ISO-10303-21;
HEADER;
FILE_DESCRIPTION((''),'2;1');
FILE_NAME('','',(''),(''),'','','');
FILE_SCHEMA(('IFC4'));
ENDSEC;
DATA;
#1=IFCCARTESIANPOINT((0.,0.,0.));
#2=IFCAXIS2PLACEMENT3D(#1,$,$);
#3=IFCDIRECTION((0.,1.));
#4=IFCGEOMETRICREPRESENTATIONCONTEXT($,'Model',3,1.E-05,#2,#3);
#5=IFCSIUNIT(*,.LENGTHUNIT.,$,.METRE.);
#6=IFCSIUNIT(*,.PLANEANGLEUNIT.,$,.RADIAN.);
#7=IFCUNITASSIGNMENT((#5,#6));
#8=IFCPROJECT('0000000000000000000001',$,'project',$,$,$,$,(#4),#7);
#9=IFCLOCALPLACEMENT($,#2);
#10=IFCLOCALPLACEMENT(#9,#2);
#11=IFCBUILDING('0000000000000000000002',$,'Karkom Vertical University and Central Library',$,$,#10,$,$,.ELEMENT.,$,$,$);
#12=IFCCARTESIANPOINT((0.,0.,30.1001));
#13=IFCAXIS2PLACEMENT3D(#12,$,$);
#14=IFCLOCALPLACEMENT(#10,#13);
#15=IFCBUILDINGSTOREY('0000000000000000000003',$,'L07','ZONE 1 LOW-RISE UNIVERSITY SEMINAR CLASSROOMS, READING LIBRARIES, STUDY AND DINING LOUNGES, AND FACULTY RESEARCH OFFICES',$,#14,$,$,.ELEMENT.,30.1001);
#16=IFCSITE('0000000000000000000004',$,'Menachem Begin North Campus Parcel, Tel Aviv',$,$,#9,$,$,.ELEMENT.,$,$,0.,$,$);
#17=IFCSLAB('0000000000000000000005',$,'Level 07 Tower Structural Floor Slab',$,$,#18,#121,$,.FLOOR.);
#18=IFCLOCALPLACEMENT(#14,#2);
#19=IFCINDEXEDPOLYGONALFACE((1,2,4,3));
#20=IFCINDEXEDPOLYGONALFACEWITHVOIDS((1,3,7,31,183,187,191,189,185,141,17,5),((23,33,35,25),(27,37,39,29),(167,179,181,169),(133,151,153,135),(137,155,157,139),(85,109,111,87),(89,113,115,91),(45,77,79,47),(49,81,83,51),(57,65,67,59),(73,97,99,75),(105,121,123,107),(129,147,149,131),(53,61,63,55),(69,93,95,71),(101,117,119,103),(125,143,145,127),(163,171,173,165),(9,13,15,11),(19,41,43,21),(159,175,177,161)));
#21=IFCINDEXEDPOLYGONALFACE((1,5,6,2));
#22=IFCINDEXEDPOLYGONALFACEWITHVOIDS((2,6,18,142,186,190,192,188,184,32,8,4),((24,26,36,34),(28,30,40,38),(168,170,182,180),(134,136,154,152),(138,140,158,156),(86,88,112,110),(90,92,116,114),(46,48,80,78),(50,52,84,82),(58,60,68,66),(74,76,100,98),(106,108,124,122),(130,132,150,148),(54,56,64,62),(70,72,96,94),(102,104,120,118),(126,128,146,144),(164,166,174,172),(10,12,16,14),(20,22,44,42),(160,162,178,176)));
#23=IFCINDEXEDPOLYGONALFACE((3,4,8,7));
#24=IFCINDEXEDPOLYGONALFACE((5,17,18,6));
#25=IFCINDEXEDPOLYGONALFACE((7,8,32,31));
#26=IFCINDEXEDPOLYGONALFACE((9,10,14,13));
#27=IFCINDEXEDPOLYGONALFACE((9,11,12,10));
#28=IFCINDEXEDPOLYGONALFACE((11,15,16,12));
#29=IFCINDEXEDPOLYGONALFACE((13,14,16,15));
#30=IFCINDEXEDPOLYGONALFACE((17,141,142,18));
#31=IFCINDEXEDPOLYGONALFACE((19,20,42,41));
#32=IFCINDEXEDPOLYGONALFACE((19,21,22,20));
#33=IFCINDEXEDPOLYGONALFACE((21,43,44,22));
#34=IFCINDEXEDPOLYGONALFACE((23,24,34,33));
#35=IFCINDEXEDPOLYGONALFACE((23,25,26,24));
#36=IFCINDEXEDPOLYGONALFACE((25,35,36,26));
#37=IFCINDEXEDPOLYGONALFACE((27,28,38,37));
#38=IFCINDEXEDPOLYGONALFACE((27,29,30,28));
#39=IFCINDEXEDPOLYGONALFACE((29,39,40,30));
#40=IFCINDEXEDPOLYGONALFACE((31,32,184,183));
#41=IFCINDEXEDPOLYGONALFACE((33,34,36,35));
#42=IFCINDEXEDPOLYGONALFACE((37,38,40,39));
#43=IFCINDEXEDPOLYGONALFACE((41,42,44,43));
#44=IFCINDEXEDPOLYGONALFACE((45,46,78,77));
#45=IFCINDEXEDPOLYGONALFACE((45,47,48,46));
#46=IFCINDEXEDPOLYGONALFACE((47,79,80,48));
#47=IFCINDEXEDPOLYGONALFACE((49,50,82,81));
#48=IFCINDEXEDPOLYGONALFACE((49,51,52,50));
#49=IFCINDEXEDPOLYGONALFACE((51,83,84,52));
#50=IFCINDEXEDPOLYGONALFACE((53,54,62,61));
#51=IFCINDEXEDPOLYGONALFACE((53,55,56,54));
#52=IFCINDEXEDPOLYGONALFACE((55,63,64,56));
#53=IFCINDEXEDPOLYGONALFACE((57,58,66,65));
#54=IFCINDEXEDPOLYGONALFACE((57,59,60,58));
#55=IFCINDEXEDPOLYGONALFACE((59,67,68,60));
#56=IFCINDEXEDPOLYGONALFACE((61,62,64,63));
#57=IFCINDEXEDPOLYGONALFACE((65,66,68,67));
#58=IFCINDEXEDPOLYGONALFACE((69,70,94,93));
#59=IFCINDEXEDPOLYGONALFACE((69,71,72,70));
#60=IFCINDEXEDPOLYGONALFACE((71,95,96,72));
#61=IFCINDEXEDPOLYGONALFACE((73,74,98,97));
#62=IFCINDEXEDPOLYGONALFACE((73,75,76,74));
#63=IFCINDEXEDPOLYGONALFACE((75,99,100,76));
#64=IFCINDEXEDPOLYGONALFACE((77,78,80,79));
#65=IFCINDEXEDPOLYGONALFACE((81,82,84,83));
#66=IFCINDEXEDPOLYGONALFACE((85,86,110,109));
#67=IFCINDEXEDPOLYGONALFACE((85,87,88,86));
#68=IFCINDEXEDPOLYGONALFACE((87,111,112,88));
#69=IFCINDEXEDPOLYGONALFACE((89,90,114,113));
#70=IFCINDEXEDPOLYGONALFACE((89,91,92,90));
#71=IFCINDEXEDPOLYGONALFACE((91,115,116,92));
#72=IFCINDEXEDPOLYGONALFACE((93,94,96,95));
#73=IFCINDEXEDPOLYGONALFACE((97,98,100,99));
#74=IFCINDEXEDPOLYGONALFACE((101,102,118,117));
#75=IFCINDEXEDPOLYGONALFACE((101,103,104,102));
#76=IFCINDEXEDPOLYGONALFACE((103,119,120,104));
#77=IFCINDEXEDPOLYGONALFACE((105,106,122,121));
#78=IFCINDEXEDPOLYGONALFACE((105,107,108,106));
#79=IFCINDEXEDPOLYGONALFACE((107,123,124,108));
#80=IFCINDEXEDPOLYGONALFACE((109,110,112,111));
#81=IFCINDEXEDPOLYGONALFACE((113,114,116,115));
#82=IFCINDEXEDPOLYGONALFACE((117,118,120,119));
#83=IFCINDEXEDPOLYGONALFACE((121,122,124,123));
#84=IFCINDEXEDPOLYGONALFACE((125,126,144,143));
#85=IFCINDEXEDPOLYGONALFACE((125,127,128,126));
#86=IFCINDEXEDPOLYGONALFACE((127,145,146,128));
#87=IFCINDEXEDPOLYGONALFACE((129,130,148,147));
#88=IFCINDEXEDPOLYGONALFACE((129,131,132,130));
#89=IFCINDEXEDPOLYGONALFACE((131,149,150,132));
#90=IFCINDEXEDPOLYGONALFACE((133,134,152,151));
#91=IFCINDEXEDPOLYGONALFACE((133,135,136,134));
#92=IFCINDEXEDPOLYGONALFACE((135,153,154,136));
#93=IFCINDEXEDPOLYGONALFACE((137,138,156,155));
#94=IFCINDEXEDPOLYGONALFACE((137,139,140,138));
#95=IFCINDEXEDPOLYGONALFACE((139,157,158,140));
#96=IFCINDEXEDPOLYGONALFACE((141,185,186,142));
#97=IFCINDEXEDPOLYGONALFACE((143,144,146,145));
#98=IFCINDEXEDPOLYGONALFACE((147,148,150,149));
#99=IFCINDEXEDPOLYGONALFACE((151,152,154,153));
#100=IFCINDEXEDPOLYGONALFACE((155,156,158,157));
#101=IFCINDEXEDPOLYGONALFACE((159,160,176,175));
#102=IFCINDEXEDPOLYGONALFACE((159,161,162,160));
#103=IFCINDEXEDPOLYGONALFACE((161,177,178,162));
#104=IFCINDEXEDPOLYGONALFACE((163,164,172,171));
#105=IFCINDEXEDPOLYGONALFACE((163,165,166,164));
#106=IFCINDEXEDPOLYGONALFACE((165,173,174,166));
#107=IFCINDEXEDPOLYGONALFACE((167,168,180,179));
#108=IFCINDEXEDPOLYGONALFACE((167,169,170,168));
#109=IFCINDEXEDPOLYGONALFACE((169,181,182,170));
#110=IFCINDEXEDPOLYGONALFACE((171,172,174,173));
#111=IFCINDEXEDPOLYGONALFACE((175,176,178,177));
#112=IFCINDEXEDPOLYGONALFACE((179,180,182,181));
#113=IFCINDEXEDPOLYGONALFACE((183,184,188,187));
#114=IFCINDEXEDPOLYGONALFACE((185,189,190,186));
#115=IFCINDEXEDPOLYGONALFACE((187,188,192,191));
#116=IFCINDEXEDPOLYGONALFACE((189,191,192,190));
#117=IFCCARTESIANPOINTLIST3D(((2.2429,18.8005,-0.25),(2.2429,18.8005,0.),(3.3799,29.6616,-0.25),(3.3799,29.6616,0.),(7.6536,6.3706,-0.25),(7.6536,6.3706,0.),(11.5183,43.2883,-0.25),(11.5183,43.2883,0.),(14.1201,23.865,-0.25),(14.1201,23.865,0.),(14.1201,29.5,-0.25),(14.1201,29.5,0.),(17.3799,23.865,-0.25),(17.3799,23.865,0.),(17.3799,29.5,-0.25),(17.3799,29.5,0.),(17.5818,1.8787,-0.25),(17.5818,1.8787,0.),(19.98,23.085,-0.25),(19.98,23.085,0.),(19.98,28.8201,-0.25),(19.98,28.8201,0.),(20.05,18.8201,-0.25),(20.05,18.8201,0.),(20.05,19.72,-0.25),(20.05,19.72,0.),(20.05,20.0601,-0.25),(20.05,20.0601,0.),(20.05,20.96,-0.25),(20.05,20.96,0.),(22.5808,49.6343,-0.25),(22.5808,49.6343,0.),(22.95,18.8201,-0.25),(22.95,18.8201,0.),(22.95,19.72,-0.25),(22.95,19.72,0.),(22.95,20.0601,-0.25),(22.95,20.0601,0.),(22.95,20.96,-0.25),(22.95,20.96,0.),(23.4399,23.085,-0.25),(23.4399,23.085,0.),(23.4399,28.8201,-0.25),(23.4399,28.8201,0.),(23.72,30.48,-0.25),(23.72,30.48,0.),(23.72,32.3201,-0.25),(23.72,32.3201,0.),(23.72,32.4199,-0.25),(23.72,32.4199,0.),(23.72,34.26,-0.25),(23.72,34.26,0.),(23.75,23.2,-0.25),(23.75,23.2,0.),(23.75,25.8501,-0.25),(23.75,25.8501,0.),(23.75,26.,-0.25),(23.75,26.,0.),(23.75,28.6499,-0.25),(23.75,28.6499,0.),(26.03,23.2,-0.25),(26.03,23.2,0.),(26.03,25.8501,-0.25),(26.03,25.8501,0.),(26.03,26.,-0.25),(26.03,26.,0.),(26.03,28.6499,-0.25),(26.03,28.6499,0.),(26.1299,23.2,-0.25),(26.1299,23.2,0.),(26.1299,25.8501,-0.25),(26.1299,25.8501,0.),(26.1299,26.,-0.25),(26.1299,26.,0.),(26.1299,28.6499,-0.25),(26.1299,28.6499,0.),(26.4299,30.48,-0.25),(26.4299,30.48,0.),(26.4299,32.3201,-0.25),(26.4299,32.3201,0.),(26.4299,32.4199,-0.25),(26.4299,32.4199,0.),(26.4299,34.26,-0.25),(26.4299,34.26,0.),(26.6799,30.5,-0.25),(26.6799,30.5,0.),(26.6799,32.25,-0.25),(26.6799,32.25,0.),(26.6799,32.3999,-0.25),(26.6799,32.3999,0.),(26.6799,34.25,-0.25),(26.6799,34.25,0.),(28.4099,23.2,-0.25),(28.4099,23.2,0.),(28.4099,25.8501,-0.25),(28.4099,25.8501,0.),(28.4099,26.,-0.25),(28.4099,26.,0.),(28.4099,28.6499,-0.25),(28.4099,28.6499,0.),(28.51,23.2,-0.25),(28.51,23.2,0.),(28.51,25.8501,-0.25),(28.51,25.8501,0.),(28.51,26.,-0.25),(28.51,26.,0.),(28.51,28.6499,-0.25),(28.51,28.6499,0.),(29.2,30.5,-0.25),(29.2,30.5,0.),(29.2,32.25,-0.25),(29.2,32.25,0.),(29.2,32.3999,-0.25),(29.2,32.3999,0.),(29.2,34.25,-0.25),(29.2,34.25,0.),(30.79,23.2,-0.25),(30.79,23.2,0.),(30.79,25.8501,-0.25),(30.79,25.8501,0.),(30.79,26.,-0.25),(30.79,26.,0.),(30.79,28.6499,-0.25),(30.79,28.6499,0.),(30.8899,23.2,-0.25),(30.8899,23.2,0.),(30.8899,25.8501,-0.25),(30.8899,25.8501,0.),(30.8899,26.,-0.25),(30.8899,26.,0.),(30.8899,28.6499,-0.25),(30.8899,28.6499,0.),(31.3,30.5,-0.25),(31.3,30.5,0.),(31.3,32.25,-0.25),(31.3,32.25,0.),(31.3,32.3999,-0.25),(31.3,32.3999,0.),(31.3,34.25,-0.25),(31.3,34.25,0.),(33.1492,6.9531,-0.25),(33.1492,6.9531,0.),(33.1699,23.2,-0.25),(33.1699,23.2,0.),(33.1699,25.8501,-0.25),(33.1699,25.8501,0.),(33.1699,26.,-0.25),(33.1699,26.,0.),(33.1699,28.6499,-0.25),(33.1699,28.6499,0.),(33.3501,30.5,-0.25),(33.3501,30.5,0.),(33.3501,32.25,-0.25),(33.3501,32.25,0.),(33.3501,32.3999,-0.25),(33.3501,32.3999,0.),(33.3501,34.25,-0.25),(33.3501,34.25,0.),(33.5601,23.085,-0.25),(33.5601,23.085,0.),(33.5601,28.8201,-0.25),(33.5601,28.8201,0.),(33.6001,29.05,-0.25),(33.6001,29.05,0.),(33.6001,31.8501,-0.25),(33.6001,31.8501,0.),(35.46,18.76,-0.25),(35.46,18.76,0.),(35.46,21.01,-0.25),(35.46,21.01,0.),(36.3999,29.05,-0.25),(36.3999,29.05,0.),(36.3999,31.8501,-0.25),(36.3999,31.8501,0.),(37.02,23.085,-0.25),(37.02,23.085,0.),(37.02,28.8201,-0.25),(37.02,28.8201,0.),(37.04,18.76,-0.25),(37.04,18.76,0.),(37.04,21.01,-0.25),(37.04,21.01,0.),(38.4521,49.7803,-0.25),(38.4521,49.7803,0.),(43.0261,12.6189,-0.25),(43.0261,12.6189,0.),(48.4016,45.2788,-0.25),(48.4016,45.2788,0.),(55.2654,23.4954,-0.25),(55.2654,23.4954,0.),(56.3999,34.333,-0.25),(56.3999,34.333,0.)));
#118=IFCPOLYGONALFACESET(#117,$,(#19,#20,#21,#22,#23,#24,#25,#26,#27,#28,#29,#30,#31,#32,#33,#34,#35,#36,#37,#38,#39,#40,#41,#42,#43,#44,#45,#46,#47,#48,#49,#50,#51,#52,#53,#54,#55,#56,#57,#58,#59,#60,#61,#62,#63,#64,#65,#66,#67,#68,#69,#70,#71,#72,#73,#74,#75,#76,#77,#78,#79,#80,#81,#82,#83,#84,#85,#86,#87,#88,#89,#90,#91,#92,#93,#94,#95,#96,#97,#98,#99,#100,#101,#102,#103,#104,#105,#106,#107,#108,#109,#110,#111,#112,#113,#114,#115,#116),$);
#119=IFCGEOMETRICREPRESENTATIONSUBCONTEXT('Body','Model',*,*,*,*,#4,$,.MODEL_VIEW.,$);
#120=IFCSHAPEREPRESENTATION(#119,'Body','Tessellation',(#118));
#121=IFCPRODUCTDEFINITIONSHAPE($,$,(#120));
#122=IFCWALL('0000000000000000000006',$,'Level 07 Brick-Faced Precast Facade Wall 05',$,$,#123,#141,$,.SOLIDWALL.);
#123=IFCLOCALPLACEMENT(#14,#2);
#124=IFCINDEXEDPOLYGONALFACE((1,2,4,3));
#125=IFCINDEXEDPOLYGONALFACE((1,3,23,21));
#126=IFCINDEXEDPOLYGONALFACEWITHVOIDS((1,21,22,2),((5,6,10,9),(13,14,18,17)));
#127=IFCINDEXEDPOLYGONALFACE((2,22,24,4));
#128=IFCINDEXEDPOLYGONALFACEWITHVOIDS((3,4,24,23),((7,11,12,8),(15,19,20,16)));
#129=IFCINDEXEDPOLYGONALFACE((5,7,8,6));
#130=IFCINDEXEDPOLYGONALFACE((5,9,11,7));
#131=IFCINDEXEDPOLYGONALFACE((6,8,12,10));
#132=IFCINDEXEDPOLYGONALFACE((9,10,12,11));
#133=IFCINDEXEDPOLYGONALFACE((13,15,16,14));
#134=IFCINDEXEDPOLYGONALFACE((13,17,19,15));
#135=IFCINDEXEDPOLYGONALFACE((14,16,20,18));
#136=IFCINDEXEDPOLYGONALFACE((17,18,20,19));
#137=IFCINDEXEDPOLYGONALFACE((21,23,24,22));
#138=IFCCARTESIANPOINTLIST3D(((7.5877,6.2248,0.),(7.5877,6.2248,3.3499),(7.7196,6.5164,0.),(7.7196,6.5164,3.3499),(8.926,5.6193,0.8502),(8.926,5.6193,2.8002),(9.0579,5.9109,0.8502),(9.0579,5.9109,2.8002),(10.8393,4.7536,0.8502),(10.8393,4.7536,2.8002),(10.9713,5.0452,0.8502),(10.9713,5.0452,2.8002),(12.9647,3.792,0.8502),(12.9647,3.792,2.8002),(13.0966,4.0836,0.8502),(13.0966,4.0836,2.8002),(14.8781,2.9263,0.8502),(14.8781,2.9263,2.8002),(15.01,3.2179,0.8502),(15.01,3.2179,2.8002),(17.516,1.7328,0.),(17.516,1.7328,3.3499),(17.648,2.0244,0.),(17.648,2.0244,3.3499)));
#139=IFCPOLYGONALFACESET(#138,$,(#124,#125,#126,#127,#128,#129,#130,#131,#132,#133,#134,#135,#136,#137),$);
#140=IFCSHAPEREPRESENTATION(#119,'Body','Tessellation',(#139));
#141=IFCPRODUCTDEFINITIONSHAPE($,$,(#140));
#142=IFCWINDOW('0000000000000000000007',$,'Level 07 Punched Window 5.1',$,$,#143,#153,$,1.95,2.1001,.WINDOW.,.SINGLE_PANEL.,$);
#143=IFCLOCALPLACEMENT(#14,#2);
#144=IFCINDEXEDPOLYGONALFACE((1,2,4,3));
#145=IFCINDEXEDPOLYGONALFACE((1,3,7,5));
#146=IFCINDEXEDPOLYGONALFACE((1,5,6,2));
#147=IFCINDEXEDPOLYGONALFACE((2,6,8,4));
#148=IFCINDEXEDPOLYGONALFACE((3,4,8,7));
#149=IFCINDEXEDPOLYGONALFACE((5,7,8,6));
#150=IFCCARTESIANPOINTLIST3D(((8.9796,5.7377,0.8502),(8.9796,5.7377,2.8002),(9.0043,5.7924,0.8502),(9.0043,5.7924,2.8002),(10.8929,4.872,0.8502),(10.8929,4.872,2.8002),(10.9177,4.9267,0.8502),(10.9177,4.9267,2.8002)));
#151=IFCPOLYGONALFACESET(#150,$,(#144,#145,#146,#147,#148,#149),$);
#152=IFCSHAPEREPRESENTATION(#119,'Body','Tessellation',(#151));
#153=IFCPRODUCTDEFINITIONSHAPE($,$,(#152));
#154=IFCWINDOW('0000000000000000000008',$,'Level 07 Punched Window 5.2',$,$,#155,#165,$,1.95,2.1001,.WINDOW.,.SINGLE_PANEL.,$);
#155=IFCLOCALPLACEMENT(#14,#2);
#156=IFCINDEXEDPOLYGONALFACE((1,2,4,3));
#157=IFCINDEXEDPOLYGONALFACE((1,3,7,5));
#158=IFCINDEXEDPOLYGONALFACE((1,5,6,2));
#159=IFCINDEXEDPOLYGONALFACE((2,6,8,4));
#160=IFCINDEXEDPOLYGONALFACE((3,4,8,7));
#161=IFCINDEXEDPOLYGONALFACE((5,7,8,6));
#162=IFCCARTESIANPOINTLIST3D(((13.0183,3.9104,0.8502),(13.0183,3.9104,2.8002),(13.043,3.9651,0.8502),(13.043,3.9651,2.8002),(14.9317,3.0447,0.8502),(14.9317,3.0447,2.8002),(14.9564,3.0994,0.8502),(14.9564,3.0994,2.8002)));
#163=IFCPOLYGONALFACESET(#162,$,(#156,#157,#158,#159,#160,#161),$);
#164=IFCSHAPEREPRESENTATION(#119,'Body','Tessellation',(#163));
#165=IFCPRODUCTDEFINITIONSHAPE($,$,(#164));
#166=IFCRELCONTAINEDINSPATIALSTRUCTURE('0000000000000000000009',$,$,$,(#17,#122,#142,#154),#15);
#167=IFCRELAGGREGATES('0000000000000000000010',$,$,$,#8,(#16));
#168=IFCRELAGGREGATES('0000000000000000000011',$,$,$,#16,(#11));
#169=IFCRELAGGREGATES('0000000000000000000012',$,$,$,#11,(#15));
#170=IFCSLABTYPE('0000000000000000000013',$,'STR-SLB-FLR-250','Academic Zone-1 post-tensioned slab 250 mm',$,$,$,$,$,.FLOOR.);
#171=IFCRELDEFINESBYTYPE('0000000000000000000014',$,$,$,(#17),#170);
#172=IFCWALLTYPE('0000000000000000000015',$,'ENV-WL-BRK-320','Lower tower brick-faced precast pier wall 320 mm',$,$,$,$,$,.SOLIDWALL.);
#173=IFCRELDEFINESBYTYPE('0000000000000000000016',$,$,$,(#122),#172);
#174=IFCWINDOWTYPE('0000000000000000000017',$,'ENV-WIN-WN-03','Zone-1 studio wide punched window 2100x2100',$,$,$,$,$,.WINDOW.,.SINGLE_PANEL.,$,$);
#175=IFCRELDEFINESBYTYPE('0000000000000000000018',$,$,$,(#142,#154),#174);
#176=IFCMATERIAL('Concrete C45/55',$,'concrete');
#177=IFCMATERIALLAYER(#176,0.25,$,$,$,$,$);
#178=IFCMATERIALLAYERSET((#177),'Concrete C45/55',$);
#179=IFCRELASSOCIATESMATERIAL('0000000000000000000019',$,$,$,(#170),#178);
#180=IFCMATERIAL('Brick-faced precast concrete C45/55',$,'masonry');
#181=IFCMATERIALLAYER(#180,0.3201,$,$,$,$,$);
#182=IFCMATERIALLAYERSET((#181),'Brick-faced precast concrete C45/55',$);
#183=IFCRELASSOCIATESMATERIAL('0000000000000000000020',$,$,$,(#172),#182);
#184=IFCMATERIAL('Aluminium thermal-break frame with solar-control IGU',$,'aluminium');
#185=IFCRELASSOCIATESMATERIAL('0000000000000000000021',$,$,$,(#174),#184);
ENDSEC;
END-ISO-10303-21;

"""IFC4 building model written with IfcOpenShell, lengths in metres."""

from ifc_helpers import new_model, si_unit, direction, frame, frame_2d, origin, origin_with_axes, place, context, subcontext, project, spatial, polyline, rectangle, outline, extrude, source, transform, mapped, material, layer, layer_set, type_object, element, fill, save


model = new_model("IFC4")

# Units and contexts
model_context = context("Model", 3, precision=1e-05, world=origin(), true_north=direction((0.0, 1.0)))
body_context = subcontext(model_context, "Body", "Model", "MODEL_VIEW")
ifc_project = project(units=[si_unit("LENGTHUNIT", "METRE"), si_unit("PLANEANGLEUNIT", "RADIAN")], contexts=[model_context])

# Site, building, storey
site_placement = place(None, origin())
site = spatial("IfcSite", under=ifc_project, at=site_placement, Name="Menachem Begin North Campus Parcel, Tel Aviv", CompositionType="ELEMENT", RefElevation=0.0)
building_placement = place(site_placement, origin())
building = spatial("IfcBuilding", under=site, at=building_placement, Name="Karkom Vertical University and Central Library", CompositionType="ELEMENT")
storey_placement = place(building_placement, frame((0.0, 0.0, 30.1001)))
storey = spatial("IfcBuildingStorey", under=building, at=storey_placement, Name="L07", Description="ZONE 1 LOW-RISE UNIVERSITY SEMINAR CLASSROOMS, READING LIBRARIES, STUDY AND DINING LOUNGES, AND FACULTY RESEARCH OFFICES", CompositionType="ELEMENT", Elevation=30.1001)

# Shared definitions
ifc_material_1 = material(Name="Concrete C45/55", Category="concrete")

# Slab
ifc_layer_1 = layer(ifc_material_1, 0.25)
ifc_layer_set_1 = layer_set([ifc_layer_1], Name="Concrete C45/55")
slab_type_1 = type_object("IfcSlabType", Name="STR-SLB-FLR-250", Description="Academic Zone-1 post-tensioned slab 250 mm", PredefinedType="FLOOR", material=ifc_layer_set_1)
slab_1_placement = place(storey_placement, frame((0.0, 0.0, -0.25)))
element("IfcSlab", 1, at=slab_1_placement, inside=storey, type_object=slab_type_1, Name="Level 07 Tower Structural Floor Slab", PredefinedType="FLOOR", context=body_context, shape_type="SweptSolid", body=[
    extrude(outline(polyline([(22.5808, 49.6343), (11.5183, 43.2883), (3.3799, 29.6616), (2.2429, 18.8005), (7.6536, 6.3706), (17.5818, 1.8787), (33.1492, 6.9531), (43.0261, 12.6189), (55.2654, 23.4954), (56.3999, 34.333), (48.4016, 45.2788), (38.4521, 49.7803), (22.5808, 49.6343)]), holes=[polyline([(19.98, 23.085), (23.4399, 23.085), (23.4399, 28.8201), (19.98, 28.8201), (19.98, 23.085)]), polyline([(33.5601, 23.085), (37.02, 23.085), (37.02, 28.8201), (33.5601, 28.8201), (33.5601, 23.085)]), polyline([(14.1201, 23.865), (17.3799, 23.865), (17.3799, 29.5), (14.1201, 29.5), (14.1201, 23.865)]), polyline([(23.75, 23.2), (26.03, 23.2), (26.03, 25.8501), (23.75, 25.8501), (23.75, 23.2)]), polyline([(26.1299, 23.2), (28.4099, 23.2), (28.4099, 25.8501), (26.1299, 25.8501), (26.1299, 23.2)]), polyline([(28.51, 23.2), (30.79, 23.2), (30.79, 25.8501), (28.51, 25.8501), (28.51, 23.2)]), polyline([(30.8899, 23.2), (33.1699, 23.2), (33.1699, 25.8501), (30.8899, 25.8501), (30.8899, 23.2)]), polyline([(23.75, 26.0), (26.03, 26.0), (26.03, 28.6499), (23.75, 28.6499), (23.75, 26.0)]), polyline([(26.1299, 26.0), (28.4099, 26.0), (28.4099, 28.6499), (26.1299, 28.6499), (26.1299, 26.0)]), polyline([(28.51, 26.0), (30.79, 26.0), (30.79, 28.6499), (28.51, 28.6499), (28.51, 26.0)]), polyline([(30.8899, 26.0), (33.1699, 26.0), (33.1699, 28.6499), (30.8899, 28.6499), (30.8899, 26.0)]), polyline([(26.6799, 30.5), (29.2, 30.5), (29.2, 32.25), (26.6799, 32.25), (26.6799, 30.5)]), polyline([(26.6799, 32.3999), (29.2, 32.3999), (29.2, 34.25), (26.6799, 34.25), (26.6799, 32.3999)]), polyline([(31.3, 30.5), (33.3501, 30.5), (33.3501, 32.25), (31.3, 32.25), (31.3, 30.5)]), polyline([(31.3, 32.3999), (33.3501, 32.3999), (33.3501, 34.25), (31.3, 34.25), (31.3, 32.3999)]), polyline([(23.72, 30.48), (26.4299, 30.48), (26.4299, 32.3201), (23.72, 32.3201), (23.72, 30.48)]), polyline([(23.72, 32.4199), (26.4299, 32.4199), (26.4299, 34.26), (23.72, 34.26), (23.72, 32.4199)]), polyline([(33.6001, 29.05), (36.3999, 29.05), (36.3999, 31.8501), (33.6001, 31.8501), (33.6001, 29.05)]), polyline([(20.05, 18.8201), (22.95, 18.8201), (22.95, 19.72), (20.05, 19.72), (20.05, 18.8201)]), polyline([(20.05, 20.0601), (22.95, 20.0601), (22.95, 20.96), (20.05, 20.96), (20.05, 20.0601)]), polyline([(35.46, 18.76), (37.04, 18.76), (37.04, 21.01), (35.46, 21.01), (35.46, 18.76)])]), origin(), (0.0, 0.0, 1.0), 0.25),
])

# Wall, openings, windows
ifc_material_2 = material(Name="Brick-faced precast concrete C45/55", Category="masonry")
ifc_layer_2 = layer(ifc_material_2, 0.3201)
ifc_layer_set_2 = layer_set([ifc_layer_2], Name="Brick-faced precast concrete C45/55")
wall_type_1 = type_object("IfcWallType", Name="ENV-WL-BRK-320", Description="Lower tower brick-faced precast pier wall 320 mm", PredefinedType="SOLIDWALL", material=ifc_layer_set_2)
wall_1_placement = place(storey_placement, frame((7.6536, 6.3706, 0.0), z_axis=(0.0, 0.0, 1.0), x_axis=(0.911087, -0.412214, 0.0)))
wall_1 = element("IfcWall", 2, at=wall_1_placement, inside=storey, type_object=wall_type_1, Name="Level 07 Brick-Faced Precast Facade Wall 05", PredefinedType="SOLIDWALL", context=body_context, shape_type="SweptSolid", body=[
    extrude(rectangle(XDim=10.8972, YDim=0.3201, at=frame_2d((5.4487, 0.0))), origin(), (0.0, 0.0, 1.0), 3.3499),
])
opening_1_placement = place(wall_1_placement, frame((1.469, 0.0, 0.8501)))
opening_1 = element("IfcOpeningElement", 3, at=opening_1_placement, cuts=wall_1, PredefinedType="OPENING", context=body_context, shape_type="SweptSolid", body=[
    extrude(rectangle(XDim=2.1001, YDim=1.95, at=frame_2d((1.05, 0.9751))), frame((0.0, 0.1699, 0.0), z_axis=(0.0, -1.0, 0.0), x_axis=(1.0, 0.0, 0.0)), (0.0, 0.0, 1.0), 0.3401),
])
opening_2_placement = place(wall_1_placement, frame((5.9019, 0.0, 0.8501)))
opening_2 = element("IfcOpeningElement", 4, at=opening_2_placement, cuts=wall_1, PredefinedType="OPENING", context=body_context, shape_type="SweptSolid", body=[
    extrude(rectangle(XDim=2.1001, YDim=1.95, at=frame_2d((1.05, 0.9751))), frame((0.0, 0.1699, 0.0), z_axis=(0.0, -1.0, 0.0), x_axis=(1.0, 0.0, 0.0)), (0.0, 0.0, 1.0), 0.3401),
])
ifc_material_3 = material(Name="Aluminium thermal-break frame with solar-control IGU", Category="aluminium")
window_type = type_object("IfcWindowType", Name="ENV-WIN-WN-03", Description="Zone-1 studio wide punched window 2100x2100", PartitioningType="SINGLE_PANEL", PredefinedType="WINDOW", material=ifc_material_3)
shared_shape_1 = source(origin_with_axes(), body_context, "Body", "SweptSolid", [
    extrude(rectangle(XDim=2.1001, YDim=1.95, at=frame_2d((1.05, 0.9751))), frame((0.0, 0.03, 0.0), z_axis=(0.0, -1.0, 0.0), x_axis=(1.0, 0.0, 0.0)), (0.0, 0.0, 1.0), 0.0601),
])
window_1_placement = place(opening_1_placement, origin())
window_1 = element("IfcWindow", 5, at=window_1_placement, inside=storey, type_object=window_type, Name="Level 07 Punched Window 5.1", OverallHeight=1.95, OverallWidth=2.1001, PartitioningType="SINGLE_PANEL", PredefinedType="WINDOW", context=body_context, shape_type="MappedRepresentation", body=[
    mapped(shared_shape_1, transform((0.0, 0.0, 0.0), scale=1.0)),
])
fill(opening_1, window_1)
window_2_placement = place(opening_2_placement, origin())
window_2 = element("IfcWindow", 6, at=window_2_placement, inside=storey, type_object=window_type, Name="Level 07 Punched Window 5.2", OverallHeight=1.95, OverallWidth=2.1001, PartitioningType="SINGLE_PANEL", PredefinedType="WINDOW", context=body_context, shape_type="MappedRepresentation", body=[
    mapped(shared_shape_1, transform((0.0, 0.0, 0.0), scale=1.0)),
])
fill(opening_2, window_2)

save(model, "model.ifc")
